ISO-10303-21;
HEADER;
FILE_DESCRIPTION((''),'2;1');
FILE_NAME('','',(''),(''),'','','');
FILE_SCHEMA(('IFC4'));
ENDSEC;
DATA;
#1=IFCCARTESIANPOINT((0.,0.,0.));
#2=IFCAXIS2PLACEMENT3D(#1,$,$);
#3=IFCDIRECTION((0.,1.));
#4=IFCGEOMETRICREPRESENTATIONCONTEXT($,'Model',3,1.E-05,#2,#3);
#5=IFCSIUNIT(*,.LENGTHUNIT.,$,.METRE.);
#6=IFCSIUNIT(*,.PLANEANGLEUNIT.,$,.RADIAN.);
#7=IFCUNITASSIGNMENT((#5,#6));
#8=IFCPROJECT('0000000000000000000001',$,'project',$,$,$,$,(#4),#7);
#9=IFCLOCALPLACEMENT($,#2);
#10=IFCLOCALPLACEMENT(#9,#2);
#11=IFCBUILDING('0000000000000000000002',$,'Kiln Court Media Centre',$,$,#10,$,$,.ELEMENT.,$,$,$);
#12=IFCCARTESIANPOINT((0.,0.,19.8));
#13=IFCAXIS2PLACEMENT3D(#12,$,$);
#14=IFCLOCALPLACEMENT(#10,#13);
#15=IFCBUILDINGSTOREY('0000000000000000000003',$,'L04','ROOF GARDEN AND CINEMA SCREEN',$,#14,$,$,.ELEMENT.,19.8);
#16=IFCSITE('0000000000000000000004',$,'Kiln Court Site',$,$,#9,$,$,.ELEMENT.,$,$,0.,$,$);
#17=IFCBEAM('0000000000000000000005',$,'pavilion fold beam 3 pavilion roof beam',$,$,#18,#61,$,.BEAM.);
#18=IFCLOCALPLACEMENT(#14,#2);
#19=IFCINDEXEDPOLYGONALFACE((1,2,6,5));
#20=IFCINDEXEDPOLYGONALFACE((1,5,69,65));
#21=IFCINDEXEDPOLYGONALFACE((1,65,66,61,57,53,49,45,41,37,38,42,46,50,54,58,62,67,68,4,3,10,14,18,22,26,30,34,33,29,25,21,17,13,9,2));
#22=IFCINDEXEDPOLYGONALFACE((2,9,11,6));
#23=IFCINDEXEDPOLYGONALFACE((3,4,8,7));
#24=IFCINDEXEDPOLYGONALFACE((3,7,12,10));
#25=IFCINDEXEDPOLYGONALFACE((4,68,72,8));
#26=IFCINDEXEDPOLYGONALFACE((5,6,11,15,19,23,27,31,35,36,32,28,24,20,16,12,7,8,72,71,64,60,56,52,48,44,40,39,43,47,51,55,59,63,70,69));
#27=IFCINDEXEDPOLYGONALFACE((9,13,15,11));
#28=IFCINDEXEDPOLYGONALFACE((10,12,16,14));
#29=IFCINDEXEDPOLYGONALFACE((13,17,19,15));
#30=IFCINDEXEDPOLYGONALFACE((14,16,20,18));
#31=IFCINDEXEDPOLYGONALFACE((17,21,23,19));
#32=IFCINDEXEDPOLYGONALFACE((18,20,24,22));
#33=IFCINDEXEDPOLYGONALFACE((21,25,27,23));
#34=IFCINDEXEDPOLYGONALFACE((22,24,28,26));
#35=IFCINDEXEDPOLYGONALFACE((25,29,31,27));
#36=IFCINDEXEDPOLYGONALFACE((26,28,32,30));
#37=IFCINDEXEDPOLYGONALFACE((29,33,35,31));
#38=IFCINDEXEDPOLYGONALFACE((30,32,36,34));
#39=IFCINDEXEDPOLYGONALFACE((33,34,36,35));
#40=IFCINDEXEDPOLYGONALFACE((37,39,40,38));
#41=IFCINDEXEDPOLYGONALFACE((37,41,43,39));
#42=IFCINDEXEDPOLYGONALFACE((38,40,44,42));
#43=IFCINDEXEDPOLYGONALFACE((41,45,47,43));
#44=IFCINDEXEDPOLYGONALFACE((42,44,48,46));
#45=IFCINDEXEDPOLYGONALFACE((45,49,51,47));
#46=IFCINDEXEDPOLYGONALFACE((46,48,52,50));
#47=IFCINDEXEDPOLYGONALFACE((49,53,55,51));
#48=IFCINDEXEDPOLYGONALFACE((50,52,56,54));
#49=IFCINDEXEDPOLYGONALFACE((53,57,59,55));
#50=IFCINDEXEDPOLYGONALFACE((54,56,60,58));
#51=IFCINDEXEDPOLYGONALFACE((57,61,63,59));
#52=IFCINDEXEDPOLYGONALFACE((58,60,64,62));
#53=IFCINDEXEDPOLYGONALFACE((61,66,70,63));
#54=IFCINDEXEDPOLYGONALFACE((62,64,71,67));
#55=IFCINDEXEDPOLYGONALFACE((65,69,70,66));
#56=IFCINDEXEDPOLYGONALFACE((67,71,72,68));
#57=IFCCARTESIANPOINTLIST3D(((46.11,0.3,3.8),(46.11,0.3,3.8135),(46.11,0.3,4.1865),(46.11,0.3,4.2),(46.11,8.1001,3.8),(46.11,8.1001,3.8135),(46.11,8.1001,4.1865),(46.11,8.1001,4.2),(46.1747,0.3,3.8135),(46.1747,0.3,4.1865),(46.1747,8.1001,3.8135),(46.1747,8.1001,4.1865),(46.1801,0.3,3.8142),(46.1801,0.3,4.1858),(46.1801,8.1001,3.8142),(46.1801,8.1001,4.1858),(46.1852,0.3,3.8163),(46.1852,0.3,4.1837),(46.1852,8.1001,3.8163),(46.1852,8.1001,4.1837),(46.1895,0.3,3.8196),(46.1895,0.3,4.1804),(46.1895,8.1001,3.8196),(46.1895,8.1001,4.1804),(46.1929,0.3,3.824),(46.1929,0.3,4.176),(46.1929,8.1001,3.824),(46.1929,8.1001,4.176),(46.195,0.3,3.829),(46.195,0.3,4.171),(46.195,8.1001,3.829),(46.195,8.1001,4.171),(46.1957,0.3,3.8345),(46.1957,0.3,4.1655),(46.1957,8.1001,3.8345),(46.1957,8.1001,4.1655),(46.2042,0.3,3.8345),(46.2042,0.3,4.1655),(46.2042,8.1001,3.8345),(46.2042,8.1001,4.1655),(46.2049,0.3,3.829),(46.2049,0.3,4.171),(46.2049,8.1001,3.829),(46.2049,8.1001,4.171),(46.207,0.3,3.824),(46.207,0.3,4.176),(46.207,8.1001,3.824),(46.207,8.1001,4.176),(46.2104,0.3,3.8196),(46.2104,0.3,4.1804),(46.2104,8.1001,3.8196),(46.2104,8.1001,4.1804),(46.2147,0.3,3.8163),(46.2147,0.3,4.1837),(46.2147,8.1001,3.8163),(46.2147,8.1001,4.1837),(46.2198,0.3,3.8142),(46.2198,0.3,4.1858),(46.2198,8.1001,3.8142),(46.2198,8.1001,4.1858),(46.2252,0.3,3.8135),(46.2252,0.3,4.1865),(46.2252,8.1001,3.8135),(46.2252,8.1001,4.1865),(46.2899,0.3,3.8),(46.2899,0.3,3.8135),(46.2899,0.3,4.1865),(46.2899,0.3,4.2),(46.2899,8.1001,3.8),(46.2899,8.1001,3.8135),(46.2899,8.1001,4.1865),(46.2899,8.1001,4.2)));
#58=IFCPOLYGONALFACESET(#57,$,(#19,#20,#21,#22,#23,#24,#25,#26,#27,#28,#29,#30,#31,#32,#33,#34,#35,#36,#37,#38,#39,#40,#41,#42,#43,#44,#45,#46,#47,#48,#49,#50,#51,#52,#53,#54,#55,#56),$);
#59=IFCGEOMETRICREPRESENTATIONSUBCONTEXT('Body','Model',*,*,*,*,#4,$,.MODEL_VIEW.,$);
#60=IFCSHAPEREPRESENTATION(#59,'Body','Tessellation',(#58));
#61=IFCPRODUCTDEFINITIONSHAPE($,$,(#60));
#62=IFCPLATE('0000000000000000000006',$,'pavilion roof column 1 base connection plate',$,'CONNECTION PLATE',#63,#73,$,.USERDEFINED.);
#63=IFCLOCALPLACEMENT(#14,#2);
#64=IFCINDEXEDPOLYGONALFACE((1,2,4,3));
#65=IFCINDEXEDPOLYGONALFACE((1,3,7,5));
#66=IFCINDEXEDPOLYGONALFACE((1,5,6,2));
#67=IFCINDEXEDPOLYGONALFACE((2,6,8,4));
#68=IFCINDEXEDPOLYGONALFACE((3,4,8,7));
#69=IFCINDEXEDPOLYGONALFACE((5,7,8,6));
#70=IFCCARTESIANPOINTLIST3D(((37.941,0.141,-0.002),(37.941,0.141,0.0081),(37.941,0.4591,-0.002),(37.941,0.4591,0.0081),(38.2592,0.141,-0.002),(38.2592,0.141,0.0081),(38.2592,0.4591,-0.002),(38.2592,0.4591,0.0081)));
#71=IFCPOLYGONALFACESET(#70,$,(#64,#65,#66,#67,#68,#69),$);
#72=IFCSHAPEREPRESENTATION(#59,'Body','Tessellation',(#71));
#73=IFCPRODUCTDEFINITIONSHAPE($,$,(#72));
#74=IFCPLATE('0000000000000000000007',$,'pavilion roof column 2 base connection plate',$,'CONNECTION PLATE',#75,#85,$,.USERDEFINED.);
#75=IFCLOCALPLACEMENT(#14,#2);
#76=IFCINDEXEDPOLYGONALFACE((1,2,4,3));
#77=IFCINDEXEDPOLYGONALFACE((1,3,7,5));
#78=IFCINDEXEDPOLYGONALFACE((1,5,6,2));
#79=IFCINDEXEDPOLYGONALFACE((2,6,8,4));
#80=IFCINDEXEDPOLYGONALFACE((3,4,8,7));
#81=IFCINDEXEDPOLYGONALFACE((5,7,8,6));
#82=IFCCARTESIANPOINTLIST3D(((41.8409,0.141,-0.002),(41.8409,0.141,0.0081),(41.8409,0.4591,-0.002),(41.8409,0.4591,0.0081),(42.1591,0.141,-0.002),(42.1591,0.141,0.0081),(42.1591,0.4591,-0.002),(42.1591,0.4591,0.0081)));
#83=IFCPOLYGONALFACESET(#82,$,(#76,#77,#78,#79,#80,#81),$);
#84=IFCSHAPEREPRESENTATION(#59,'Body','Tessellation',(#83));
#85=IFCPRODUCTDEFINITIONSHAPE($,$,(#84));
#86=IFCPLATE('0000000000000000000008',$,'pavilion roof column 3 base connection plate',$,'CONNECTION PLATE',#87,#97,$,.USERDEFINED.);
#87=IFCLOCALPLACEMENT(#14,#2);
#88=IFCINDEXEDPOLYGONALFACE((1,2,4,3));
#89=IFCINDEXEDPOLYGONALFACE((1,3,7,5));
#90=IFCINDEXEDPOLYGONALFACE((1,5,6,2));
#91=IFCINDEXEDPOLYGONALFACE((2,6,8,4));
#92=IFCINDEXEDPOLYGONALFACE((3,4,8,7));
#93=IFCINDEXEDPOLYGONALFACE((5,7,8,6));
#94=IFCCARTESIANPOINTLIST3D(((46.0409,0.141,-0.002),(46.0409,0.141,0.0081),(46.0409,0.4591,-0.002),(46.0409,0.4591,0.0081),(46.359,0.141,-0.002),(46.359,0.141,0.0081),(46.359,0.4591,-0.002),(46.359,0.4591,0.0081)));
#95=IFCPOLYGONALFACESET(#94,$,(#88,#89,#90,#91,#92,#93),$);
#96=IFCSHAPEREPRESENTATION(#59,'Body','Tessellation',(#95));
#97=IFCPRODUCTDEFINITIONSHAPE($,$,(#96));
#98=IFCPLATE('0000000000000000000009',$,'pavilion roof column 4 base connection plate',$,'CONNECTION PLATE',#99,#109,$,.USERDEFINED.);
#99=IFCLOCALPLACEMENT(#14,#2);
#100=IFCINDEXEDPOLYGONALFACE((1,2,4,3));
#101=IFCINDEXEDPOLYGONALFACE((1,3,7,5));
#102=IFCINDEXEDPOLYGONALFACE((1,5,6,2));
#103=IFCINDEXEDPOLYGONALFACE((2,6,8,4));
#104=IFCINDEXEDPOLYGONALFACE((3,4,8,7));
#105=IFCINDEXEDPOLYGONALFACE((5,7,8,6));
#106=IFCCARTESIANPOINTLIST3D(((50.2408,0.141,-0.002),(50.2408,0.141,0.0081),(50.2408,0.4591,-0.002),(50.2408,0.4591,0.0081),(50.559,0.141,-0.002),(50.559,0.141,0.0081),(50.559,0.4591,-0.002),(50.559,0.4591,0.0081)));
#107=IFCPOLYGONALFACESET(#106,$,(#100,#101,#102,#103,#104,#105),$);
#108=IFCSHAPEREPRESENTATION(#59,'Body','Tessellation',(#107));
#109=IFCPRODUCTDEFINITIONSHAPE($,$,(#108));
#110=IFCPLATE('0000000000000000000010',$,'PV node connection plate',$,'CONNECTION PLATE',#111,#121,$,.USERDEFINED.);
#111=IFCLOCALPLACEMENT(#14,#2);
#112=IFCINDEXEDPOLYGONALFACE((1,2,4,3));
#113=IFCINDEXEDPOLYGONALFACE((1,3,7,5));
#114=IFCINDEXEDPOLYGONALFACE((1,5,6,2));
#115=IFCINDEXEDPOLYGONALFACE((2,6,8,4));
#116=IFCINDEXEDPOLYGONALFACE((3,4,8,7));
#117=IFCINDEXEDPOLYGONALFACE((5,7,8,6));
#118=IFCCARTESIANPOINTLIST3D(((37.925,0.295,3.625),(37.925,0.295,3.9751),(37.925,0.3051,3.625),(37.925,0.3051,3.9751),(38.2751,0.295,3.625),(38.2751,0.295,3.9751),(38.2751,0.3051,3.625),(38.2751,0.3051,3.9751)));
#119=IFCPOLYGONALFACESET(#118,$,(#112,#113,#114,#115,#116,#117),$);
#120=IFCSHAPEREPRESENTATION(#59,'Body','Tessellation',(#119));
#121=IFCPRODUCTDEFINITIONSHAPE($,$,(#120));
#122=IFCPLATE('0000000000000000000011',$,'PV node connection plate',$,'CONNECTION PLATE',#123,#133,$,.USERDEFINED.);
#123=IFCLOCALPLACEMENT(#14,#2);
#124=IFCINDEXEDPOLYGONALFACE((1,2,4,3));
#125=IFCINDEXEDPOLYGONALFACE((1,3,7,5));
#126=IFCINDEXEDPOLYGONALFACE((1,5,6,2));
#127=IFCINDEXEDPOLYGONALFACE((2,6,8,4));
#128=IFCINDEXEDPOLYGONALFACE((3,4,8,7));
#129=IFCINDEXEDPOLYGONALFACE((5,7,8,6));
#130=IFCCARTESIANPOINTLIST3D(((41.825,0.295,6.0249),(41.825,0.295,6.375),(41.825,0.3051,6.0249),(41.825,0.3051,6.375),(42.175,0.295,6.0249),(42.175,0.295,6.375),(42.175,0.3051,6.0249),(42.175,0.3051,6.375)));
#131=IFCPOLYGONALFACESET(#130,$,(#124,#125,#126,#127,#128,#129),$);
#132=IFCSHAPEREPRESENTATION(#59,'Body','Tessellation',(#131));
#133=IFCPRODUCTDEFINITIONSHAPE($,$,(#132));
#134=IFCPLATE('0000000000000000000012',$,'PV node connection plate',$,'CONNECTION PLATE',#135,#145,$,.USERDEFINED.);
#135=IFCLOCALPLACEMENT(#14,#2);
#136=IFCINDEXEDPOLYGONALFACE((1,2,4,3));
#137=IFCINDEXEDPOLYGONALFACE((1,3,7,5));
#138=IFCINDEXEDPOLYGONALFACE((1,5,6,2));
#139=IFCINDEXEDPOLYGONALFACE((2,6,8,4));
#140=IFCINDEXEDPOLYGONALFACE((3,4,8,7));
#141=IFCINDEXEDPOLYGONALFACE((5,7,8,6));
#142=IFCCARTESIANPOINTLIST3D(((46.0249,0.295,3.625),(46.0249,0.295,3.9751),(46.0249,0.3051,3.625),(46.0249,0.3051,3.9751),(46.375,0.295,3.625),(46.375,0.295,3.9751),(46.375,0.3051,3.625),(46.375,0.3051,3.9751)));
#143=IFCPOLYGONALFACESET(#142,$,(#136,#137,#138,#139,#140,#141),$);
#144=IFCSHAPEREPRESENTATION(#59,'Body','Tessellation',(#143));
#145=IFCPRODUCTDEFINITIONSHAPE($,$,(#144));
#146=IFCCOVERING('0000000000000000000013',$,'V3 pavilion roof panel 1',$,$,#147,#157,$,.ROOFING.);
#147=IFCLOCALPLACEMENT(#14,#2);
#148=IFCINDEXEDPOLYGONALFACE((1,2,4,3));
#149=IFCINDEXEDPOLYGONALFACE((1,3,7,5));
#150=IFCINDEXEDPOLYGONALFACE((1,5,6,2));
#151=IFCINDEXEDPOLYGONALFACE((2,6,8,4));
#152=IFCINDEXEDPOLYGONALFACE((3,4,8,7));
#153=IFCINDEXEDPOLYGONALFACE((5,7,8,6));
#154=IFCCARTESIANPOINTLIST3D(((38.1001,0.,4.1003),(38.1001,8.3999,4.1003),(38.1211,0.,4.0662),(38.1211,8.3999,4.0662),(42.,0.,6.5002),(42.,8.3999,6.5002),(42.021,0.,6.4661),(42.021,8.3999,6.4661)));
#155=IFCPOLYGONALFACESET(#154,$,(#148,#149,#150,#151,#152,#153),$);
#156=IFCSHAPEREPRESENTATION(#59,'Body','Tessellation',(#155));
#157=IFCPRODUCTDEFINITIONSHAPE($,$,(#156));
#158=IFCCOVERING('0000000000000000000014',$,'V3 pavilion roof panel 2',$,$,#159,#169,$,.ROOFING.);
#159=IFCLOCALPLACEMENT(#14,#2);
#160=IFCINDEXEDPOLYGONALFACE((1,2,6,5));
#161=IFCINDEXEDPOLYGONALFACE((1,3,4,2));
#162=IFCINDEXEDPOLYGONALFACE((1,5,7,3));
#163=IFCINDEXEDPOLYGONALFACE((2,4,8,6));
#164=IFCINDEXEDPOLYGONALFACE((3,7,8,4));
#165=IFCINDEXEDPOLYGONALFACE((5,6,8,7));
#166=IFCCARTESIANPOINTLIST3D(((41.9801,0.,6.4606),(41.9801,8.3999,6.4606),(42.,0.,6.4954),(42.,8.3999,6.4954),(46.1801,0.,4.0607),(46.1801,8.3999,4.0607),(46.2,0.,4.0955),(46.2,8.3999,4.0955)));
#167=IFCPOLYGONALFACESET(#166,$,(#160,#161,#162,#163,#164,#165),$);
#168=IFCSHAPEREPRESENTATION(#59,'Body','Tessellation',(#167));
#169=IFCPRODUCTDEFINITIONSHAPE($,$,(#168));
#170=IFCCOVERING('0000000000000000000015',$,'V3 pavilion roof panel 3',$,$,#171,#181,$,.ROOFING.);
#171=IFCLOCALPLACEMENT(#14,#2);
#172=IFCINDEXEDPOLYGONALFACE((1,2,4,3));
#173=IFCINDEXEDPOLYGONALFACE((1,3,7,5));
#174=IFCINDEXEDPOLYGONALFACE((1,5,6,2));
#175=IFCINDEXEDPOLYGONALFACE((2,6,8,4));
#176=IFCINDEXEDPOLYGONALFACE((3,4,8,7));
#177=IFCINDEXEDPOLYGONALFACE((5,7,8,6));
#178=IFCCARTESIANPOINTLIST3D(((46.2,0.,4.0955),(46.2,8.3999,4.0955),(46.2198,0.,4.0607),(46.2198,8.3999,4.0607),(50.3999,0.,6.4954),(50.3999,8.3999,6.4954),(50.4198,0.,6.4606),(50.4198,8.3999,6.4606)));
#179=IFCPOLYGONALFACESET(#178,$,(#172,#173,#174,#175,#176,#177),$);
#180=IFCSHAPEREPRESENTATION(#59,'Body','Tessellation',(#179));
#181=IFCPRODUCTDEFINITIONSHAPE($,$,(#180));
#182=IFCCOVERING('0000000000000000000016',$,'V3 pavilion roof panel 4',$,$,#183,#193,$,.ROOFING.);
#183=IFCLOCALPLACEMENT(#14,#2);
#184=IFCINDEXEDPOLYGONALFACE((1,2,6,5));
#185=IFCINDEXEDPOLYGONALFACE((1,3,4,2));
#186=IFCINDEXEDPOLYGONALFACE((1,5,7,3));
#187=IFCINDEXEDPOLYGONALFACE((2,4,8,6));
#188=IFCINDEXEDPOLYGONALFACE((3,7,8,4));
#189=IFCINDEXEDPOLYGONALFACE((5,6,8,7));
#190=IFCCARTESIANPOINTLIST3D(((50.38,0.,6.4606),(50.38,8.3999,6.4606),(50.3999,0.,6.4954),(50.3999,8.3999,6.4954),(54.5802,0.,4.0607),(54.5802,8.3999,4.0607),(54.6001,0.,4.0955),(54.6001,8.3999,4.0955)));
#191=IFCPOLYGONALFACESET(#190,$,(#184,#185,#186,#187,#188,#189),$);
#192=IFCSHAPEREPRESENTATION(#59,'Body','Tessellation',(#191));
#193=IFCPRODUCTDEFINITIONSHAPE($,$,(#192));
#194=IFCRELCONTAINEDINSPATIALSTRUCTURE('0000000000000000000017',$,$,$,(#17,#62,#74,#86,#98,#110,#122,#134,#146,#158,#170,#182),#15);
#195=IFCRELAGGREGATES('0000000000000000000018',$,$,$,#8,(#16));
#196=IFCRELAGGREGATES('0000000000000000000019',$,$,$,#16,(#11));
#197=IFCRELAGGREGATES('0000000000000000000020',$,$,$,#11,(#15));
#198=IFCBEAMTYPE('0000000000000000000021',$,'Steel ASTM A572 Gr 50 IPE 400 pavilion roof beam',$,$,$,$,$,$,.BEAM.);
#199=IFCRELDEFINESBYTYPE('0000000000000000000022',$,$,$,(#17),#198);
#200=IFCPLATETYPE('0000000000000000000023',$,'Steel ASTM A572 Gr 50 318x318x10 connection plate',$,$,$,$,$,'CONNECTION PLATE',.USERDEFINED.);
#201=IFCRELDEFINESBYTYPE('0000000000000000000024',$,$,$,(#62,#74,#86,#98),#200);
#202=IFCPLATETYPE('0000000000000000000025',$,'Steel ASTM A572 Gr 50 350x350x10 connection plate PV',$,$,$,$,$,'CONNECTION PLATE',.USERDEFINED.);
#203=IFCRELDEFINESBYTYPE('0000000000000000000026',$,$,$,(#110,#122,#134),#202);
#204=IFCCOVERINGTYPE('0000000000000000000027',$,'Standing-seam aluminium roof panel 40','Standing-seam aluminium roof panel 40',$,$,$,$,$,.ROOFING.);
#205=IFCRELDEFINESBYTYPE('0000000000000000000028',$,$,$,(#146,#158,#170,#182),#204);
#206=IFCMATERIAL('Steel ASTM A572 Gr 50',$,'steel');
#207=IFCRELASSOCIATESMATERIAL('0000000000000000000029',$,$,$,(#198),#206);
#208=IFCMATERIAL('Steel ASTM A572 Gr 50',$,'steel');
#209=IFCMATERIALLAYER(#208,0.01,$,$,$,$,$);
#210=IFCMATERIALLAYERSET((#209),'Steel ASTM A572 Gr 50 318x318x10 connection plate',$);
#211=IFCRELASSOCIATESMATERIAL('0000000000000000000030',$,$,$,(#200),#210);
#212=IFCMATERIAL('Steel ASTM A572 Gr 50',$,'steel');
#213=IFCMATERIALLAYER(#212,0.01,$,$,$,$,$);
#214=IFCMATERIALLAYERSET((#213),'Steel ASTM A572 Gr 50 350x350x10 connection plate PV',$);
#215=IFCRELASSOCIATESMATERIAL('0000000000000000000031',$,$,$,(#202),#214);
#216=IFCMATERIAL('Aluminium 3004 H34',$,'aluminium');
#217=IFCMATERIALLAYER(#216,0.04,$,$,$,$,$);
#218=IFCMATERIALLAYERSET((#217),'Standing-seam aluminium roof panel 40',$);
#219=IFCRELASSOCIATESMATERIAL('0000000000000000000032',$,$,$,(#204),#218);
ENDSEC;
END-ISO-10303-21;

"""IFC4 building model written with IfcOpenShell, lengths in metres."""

from ifc_helpers import new_model, si_unit, direction, frame, origin, origin_2d, place, context, subcontext, project, spatial, polyline, rectangle, i_section, outline, extrude, material, layer, layer_set, material_profile, profile_set, type_object, element, save


model = new_model("IFC4")

# Units and contexts
model_context = context("Model", 3, precision=1e-05, world=origin(), true_north=direction((0.0, 1.0)))
body_context = subcontext(model_context, "Body", "Model", "MODEL_VIEW")
ifc_project = project(units=[si_unit("LENGTHUNIT", "METRE"), si_unit("PLANEANGLEUNIT", "RADIAN")], contexts=[model_context])

# Site, building, storey
site_placement = place(None, origin())
site = spatial("IfcSite", under=ifc_project, at=site_placement, Name="Kiln Court Site", CompositionType="ELEMENT", RefElevation=0.0)
building_placement = place(site_placement, origin())
building = spatial("IfcBuilding", under=site, at=building_placement, Name="Kiln Court Media Centre", CompositionType="ELEMENT")
storey_placement = place(building_placement, frame((0.0, 0.0, 19.8)))
storey = spatial("IfcBuildingStorey", under=building, at=storey_placement, Name="L04", Description="ROOF GARDEN AND CINEMA SCREEN", CompositionType="ELEMENT", Elevation=19.8)

# Beam
ifc_material_1 = material(Name="Steel ASTM A572 Gr 50", Category="steel")
ifc_material_profile_1 = material_profile(ifc_material_1, i_section(OverallWidth=0.1799, OverallDepth=0.3999, WebThickness=0.0085, FlangeThickness=0.0134, FilletRadius=0.021, at=origin_2d()), Name="IPE 400")
ifc_profile_set_1 = profile_set([ifc_material_profile_1], Name="Steel ASTM A572 Gr 50")
beam_type_1 = type_object("IfcBeamType", Name="Steel ASTM A572 Gr 50 IPE 400 pavilion roof beam", PredefinedType="BEAM", material=ifc_profile_set_1)
for number, where, z_axis, x_axis, name in (
    (1, (46.2, 0.3, 4.0), (0.0, 1.0, 0.0), (-1.0, 0.0, 0.0), "pavilion fold beam 3 pavilion roof beam"),
):
    element("IfcBeam", number, at=place(storey_placement, frame(where, z_axis=z_axis, x_axis=x_axis)), inside=storey, type_object=beam_type_1, Name=name, PredefinedType="BEAM", context=body_context, shape_type="SweptSolid", body=[
        extrude(i_section(OverallWidth=0.1799, OverallDepth=0.3999, WebThickness=0.0085, FlangeThickness=0.0134, FilletRadius=0.021, at=origin_2d()), origin(), (0.0, 0.0, 1.0), 7.8),
    ])

# Plates
ifc_material_2 = material(Name="Steel ASTM A572 Gr 50", Category="steel")
ifc_layer_1 = layer(ifc_material_2, 0.01)
ifc_layer_set_1 = layer_set([ifc_layer_1], Name="Steel ASTM A572 Gr 50 318x318x10 connection plate")
plate_type_1 = type_object("IfcPlateType", Name="Steel ASTM A572 Gr 50 318x318x10 connection plate", ElementType="CONNECTION PLATE", PredefinedType="USERDEFINED", material=ifc_layer_set_1)
for number, where, z_axis, x_axis, name in (
    (2, (38.1001, 0.3, -0.002), (0.0, 0.0, 1.0), (1.0, 0.0, 0.0), "pavilion roof column 1 base connection plate"),
    (3, (42.0, 0.3, -0.002), (0.0, 0.0, 1.0), (1.0, 0.0, 0.0), "pavilion roof column 2 base connection plate"),
    (4, (46.2, 0.3, -0.002), (0.0, 0.0, 1.0), (1.0, 0.0, 0.0), "pavilion roof column 3 base connection plate"),
    (5, (50.3999, 0.3, -0.002), (0.0, 0.0, 1.0), (1.0, 0.0, 0.0), "pavilion roof column 4 base connection plate"),
):
    element("IfcPlate", number, at=place(storey_placement, frame(where, z_axis=z_axis, x_axis=x_axis)), inside=storey, type_object=plate_type_1, Name=name, ObjectType="CONNECTION PLATE", PredefinedType="USERDEFINED", context=body_context, shape_type="SweptSolid", body=[
        extrude(rectangle(XDim=0.3181, YDim=0.3181, at=origin_2d()), origin(), (0.0, 0.0, 1.0), 0.01),
    ])
ifc_material_3 = material(Name="Steel ASTM A572 Gr 50", Category="steel")
ifc_layer_2 = layer(ifc_material_3, 0.01)
ifc_layer_set_2 = layer_set([ifc_layer_2], Name="Steel ASTM A572 Gr 50 350x350x10 connection plate PV")
plate_type_2 = type_object("IfcPlateType", Name="Steel ASTM A572 Gr 50 350x350x10 connection plate PV", ElementType="CONNECTION PLATE", PredefinedType="USERDEFINED", material=ifc_layer_set_2)
for number, where, z_axis, x_axis, name in (
    (6, (38.1001, 0.3, 3.625), (0.0, 0.0, 1.0), (1.0, 0.0, 0.0), "PV node connection plate"),
    (7, (42.0, 0.3, 6.0249), (0.0, 0.0, 1.0), (1.0, 0.0, 0.0), "PV node connection plate"),
    (8, (46.2, 0.3, 3.625), (0.0, 0.0, 1.0), (1.0, 0.0, 0.0), "PV node connection plate"),
):
    element("IfcPlate", number, at=place(storey_placement, frame(where, z_axis=z_axis, x_axis=x_axis)), inside=storey, type_object=plate_type_2, Name=name, ObjectType="CONNECTION PLATE", PredefinedType="USERDEFINED", context=body_context, shape_type="SweptSolid", body=[
        extrude(rectangle(XDim=0.3501, YDim=0.01, at=origin_2d()), origin(), (0.0, 0.0, 1.0), 0.3501),
    ])

# Coverings
ifc_material_4 = material(Name="Aluminium 3004 H34", Category="aluminium")
ifc_layer_3 = layer(ifc_material_4, 0.04)
ifc_layer_set_3 = layer_set([ifc_layer_3], Name="Standing-seam aluminium roof panel 40")
covering_type = type_object("IfcCoveringType", Name="Standing-seam aluminium roof panel 40", Description="Standing-seam aluminium roof panel 40", PredefinedType="ROOFING", material=ifc_layer_set_3)
covering_1_placement = place(storey_placement, frame((38.1001, 0.0, 4.1003), z_axis=(-0.524091, 0.0, 0.851662), x_axis=(0.851662, 0.0, 0.524091)))
element("IfcCovering", 9, at=covering_1_placement, inside=storey, type_object=covering_type, Name="V3 pavilion roof panel 1", PredefinedType="ROOFING", context=body_context, shape_type="SweptSolid", body=[
    extrude(outline(polyline([(0.0, 0.0), (4.5792, 0.0), (4.5792, 8.3999), (0.0, 8.3999), (0.0, 0.0)])), origin(), (0.0, 0.0, -1.0), 0.04),
])
for number, where, z_axis, x_axis, name in (
    (10, (42.0, 0.0, 6.4954), (0.496128, 0.0, 0.868249), (0.868249, 0.0, -0.496128), "V3 pavilion roof panel 2"),
    (11, (46.2, 0.0, 4.0955), (-0.496128, 0.0, 0.868249), (0.868249, 0.0, 0.496128), "V3 pavilion roof panel 3"),
):
    element("IfcCovering", number, at=place(storey_placement, frame(where, z_axis=z_axis, x_axis=x_axis)), inside=storey, type_object=covering_type, Name=name, PredefinedType="ROOFING", context=body_context, shape_type="SweptSolid", body=[
        extrude(outline(polyline([(0.0, 0.0), (4.8373, 0.0), (4.8373, 8.3999), (0.0, 8.3999), (0.0, 0.0)])), origin(), (0.0, 0.0, -1.0), 0.04),
    ])
covering_2_placement = place(storey_placement, frame((50.3999, 0.0, 6.4954), z_axis=(0.496106, 0.0, 0.868262), x_axis=(0.868262, 0.0, -0.496106)))
element("IfcCovering", 12, at=covering_2_placement, inside=storey, type_object=covering_type, Name="V3 pavilion roof panel 4", PredefinedType="ROOFING", context=body_context, shape_type="SweptSolid", body=[
    extrude(outline(polyline([(0.0, 0.0), (4.8375, 0.0), (4.8375, 8.3999), (0.0, 8.3999), (0.0, 0.0)])), origin(), (0.0, 0.0, -1.0), 0.04),
])

save(model, "model.ifc")
